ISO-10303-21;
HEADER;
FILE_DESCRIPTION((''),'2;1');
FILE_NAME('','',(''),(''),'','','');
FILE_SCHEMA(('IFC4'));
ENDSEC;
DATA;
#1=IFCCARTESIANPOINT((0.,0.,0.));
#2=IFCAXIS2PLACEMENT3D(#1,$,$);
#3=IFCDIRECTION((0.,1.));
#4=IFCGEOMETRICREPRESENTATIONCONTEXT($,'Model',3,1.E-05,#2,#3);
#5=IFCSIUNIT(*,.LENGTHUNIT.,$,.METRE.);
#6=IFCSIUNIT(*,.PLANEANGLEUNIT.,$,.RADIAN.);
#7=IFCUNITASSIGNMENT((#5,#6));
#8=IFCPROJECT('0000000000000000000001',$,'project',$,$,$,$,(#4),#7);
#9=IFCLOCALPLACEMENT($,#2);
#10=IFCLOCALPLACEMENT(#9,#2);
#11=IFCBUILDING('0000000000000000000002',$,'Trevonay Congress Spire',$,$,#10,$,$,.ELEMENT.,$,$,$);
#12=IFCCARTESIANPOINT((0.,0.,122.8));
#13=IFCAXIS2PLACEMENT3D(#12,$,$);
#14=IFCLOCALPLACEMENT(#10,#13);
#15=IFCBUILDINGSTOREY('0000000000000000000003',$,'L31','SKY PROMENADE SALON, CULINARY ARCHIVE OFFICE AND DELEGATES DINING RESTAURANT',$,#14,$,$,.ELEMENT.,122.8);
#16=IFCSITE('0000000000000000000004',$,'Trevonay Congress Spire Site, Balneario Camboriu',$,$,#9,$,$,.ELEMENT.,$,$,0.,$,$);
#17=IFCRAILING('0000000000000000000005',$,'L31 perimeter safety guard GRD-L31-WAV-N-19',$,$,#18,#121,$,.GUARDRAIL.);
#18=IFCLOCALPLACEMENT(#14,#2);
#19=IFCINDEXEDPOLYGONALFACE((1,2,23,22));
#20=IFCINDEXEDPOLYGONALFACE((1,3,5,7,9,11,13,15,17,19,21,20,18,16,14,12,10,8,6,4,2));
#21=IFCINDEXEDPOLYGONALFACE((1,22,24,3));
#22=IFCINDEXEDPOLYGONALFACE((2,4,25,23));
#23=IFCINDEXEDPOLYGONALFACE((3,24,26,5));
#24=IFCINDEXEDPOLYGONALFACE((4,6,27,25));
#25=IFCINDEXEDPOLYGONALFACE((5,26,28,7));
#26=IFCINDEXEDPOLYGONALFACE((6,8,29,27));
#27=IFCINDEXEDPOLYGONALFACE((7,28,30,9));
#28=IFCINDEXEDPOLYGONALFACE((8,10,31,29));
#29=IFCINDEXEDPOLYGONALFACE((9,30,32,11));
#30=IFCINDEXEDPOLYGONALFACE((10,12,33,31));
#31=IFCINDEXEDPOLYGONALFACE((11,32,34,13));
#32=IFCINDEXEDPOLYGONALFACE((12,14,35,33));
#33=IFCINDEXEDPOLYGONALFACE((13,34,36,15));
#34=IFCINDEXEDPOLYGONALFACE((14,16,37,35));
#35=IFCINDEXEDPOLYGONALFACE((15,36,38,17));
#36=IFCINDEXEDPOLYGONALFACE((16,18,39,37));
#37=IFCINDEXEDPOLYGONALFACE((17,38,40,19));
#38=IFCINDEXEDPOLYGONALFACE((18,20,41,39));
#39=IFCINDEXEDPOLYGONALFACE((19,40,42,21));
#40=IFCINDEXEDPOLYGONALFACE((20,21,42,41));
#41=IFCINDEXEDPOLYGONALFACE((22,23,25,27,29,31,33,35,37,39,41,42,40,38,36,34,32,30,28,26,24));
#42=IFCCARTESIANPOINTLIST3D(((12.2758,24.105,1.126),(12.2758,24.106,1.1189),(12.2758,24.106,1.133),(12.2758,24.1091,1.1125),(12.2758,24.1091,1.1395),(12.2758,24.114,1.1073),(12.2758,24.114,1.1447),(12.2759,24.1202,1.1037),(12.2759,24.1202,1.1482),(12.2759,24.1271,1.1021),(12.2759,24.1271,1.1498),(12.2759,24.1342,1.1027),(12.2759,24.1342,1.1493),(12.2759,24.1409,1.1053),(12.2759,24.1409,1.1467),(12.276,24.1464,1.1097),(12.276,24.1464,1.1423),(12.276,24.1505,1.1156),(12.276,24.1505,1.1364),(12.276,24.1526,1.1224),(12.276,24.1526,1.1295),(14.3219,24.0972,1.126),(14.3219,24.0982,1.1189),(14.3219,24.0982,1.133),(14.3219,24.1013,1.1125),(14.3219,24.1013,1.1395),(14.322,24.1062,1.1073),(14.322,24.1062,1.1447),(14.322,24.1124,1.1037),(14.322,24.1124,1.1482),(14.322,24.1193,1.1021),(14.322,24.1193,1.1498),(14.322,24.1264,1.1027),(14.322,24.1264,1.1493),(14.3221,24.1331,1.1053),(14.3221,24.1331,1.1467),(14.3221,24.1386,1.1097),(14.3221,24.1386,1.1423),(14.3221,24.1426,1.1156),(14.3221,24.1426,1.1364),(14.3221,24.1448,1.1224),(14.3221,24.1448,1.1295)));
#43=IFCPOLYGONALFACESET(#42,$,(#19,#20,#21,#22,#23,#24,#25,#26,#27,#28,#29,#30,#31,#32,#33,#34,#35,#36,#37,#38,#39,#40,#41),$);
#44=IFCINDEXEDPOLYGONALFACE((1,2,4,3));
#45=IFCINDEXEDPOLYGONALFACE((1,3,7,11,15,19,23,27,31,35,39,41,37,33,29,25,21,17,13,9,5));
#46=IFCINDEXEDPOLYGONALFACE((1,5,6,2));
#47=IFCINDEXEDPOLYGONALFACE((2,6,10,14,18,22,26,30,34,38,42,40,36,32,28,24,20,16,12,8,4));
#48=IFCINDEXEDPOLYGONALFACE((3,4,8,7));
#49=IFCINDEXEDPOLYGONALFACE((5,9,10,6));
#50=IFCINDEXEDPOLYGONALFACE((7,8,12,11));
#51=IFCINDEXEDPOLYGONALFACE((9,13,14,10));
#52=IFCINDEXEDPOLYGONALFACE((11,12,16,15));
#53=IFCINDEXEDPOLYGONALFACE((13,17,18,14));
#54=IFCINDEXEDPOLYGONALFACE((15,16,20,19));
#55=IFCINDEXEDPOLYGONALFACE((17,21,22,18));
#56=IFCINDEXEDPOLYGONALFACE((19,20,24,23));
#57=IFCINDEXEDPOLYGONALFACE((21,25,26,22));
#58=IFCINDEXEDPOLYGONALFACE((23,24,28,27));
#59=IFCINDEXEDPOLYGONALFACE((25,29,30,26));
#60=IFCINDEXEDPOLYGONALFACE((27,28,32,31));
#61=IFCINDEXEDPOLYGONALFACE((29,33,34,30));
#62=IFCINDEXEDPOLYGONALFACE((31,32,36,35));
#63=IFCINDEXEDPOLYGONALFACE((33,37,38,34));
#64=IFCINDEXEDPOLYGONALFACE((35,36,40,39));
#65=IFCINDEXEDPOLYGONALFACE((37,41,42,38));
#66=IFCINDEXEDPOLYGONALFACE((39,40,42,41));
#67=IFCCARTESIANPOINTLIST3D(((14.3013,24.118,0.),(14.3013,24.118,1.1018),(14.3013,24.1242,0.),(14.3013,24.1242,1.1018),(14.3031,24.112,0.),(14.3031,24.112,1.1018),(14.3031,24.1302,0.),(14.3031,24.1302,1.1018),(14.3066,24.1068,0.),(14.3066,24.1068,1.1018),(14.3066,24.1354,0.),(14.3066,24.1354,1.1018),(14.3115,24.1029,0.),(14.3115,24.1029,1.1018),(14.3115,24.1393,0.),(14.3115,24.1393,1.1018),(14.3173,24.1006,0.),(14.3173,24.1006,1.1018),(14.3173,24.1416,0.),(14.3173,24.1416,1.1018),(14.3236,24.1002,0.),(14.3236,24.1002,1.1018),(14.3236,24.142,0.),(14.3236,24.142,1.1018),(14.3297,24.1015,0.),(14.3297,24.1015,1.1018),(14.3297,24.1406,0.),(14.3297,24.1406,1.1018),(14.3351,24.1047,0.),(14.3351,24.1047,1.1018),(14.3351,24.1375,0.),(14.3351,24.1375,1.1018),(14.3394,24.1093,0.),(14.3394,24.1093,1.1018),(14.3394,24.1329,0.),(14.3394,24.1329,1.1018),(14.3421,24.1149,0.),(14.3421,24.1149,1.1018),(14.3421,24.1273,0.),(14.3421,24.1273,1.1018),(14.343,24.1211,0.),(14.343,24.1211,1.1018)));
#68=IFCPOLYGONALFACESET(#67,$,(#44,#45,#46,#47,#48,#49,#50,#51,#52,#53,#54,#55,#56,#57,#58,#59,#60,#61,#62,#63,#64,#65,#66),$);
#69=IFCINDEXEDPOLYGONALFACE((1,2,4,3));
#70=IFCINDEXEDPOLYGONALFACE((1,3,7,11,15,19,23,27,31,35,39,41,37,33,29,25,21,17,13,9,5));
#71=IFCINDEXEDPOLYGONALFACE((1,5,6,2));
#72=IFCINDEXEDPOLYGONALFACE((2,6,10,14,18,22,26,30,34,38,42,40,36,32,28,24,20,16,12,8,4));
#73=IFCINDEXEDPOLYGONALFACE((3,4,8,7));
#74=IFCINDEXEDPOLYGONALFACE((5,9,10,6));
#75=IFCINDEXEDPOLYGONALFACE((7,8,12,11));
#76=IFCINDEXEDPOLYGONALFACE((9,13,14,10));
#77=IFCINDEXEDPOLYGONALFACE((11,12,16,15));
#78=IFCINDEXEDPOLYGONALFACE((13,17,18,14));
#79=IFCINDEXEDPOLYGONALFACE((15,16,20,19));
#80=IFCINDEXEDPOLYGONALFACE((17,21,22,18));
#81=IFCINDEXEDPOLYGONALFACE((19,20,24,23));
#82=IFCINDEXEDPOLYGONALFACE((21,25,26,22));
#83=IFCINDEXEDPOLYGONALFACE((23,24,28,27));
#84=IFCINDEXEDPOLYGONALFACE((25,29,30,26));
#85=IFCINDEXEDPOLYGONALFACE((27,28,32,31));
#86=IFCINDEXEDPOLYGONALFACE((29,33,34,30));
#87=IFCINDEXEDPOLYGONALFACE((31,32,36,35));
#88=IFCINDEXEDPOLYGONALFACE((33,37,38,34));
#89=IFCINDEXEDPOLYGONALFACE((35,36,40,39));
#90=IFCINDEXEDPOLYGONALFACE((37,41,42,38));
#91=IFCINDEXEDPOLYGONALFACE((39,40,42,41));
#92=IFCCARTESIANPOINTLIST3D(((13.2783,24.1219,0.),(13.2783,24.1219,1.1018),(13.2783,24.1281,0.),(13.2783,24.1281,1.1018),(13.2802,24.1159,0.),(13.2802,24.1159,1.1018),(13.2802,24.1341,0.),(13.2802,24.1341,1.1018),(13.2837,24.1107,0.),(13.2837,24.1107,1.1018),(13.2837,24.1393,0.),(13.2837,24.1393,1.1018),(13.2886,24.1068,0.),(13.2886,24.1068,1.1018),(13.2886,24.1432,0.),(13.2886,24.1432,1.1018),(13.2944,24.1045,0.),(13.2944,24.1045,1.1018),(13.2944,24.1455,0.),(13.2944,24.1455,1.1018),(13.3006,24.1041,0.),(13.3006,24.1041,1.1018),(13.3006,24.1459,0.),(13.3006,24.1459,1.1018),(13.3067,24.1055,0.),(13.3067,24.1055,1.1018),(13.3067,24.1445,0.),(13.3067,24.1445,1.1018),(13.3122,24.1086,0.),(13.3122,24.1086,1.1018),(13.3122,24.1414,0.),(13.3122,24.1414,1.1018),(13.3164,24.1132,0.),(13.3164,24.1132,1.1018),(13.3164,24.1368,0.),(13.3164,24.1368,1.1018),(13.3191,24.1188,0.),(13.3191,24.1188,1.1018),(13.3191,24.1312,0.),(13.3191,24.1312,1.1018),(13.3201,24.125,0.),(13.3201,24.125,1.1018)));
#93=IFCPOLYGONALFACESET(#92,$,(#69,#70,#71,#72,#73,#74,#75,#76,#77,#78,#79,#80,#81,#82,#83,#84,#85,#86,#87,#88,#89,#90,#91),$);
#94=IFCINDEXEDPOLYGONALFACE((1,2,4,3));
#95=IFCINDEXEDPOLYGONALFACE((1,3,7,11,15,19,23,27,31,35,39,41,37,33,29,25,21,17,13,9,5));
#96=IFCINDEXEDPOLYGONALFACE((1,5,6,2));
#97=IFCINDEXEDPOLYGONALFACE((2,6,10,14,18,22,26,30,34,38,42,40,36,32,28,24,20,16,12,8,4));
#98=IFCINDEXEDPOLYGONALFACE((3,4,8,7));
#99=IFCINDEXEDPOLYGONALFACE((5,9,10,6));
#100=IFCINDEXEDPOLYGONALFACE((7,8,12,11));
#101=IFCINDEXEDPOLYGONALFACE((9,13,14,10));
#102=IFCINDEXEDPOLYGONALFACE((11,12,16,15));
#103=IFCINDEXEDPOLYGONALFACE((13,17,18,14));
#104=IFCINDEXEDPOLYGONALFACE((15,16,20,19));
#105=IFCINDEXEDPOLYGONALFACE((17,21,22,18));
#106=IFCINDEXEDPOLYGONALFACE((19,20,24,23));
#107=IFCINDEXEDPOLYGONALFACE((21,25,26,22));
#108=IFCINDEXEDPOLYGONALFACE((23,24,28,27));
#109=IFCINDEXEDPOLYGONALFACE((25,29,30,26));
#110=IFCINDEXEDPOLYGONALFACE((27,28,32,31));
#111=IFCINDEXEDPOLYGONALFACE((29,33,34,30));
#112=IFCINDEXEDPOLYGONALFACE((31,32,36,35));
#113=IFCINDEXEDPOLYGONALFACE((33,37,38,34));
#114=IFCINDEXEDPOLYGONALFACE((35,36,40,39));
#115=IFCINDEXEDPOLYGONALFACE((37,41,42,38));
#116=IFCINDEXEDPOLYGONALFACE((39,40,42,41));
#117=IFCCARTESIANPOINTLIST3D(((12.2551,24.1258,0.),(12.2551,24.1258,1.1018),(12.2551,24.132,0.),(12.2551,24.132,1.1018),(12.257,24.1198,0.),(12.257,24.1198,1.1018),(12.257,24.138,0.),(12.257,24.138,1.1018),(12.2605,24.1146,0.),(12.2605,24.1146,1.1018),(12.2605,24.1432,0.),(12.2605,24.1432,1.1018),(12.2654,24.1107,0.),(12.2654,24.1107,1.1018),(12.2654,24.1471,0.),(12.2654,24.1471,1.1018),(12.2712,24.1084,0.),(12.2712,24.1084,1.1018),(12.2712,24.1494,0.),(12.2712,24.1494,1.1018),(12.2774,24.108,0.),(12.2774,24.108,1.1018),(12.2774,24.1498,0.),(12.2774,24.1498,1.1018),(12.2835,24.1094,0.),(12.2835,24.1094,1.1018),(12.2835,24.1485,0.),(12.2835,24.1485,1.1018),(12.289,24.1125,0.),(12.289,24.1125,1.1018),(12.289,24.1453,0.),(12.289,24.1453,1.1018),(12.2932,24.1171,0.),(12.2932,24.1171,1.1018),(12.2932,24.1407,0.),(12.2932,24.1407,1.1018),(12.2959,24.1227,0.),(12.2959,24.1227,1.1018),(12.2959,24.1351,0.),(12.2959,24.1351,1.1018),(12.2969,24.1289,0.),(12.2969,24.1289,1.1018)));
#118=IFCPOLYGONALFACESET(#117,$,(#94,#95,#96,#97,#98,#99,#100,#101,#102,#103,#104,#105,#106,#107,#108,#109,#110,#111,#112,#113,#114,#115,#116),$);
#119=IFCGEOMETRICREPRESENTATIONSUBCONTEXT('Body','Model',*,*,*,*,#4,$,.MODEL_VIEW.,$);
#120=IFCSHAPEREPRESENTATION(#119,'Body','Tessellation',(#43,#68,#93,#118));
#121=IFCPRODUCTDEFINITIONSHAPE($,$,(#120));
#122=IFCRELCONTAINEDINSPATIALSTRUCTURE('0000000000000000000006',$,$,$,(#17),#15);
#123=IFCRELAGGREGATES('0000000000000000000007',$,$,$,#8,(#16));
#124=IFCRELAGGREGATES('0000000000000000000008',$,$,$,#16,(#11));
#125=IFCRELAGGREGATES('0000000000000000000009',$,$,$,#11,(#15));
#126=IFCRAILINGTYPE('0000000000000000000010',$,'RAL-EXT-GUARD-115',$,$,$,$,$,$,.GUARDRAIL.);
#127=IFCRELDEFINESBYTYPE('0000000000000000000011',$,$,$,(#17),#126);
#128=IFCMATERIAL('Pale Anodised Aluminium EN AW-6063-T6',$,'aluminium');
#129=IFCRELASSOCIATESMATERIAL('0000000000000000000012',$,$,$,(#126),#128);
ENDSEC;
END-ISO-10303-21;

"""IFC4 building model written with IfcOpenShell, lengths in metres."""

from ifc_helpers import new_model, si_unit, direction, frame, origin, origin_2d, place, context, subcontext, project, spatial, circle, extrude, material, type_object, element, save


model = new_model("IFC4")

# Units and contexts
model_context = context("Model", 3, precision=1e-05, world=origin(), true_north=direction((0.0, 1.0)))
body_context = subcontext(model_context, "Body", "Model", "MODEL_VIEW")
ifc_project = project(units=[si_unit("LENGTHUNIT", "METRE"), si_unit("PLANEANGLEUNIT", "RADIAN")], contexts=[model_context])

# Site, building, storey
site_placement = place(None, origin())
site = spatial("IfcSite", under=ifc_project, at=site_placement, Name="Trevonay Congress Spire Site, Balneario Camboriu", CompositionType="ELEMENT", RefElevation=0.0)
building_placement = place(site_placement, origin())
building = spatial("IfcBuilding", under=site, at=building_placement, Name="Trevonay Congress Spire", CompositionType="ELEMENT")
storey_placement = place(building_placement, frame((0.0, 0.0, 122.8)))
storey = spatial("IfcBuildingStorey", under=building, at=storey_placement, Name="L31", Description="SKY PROMENADE SALON, CULINARY ARCHIVE OFFICE AND DELEGATES DINING RESTAURANT", CompositionType="ELEMENT", Elevation=122.8)

# Shared definitions
ifc_material_1 = material(Name="Pale Anodised Aluminium EN AW-6063-T6", Category="aluminium")

# Railing
railing_type = type_object("IfcRailingType", Name="RAL-EXT-GUARD-115", PredefinedType="GUARDRAIL", material=ifc_material_1)
railing_1_placement = place(storey_placement, frame((14.322, 24.1211, 0.0)))
element("IfcRailing", 1, at=railing_1_placement, inside=storey, type_object=railing_type, Name="L31 perimeter safety guard GRD-L31-WAV-N-19", PredefinedType="GUARDRAIL", context=body_context, shape_type="SweptSolid", body=[
    extrude(circle(Radius=0.0239, at=origin_2d()), frame((0.0, 0.0, 1.126), z_axis=(-0.999993, 0.003818, 0.0), x_axis=(-0.003818, -0.999993, 0.0)), (0.0, 0.0, 1.0), 2.0461),
    extrude(circle(Radius=0.021, at=origin_2d()), origin(), (0.0, 0.0, 1.0), 1.1018),
    extrude(circle(Radius=0.021, at=origin_2d()), frame((-1.0229, 0.0039, 0.0)), (0.0, 0.0, 1.0), 1.1018),
    extrude(circle(Radius=0.021, at=origin_2d()), frame((-2.0461, 0.0078, 0.0)), (0.0, 0.0, 1.0), 1.1018),
])

save(model, "model.ifc")
